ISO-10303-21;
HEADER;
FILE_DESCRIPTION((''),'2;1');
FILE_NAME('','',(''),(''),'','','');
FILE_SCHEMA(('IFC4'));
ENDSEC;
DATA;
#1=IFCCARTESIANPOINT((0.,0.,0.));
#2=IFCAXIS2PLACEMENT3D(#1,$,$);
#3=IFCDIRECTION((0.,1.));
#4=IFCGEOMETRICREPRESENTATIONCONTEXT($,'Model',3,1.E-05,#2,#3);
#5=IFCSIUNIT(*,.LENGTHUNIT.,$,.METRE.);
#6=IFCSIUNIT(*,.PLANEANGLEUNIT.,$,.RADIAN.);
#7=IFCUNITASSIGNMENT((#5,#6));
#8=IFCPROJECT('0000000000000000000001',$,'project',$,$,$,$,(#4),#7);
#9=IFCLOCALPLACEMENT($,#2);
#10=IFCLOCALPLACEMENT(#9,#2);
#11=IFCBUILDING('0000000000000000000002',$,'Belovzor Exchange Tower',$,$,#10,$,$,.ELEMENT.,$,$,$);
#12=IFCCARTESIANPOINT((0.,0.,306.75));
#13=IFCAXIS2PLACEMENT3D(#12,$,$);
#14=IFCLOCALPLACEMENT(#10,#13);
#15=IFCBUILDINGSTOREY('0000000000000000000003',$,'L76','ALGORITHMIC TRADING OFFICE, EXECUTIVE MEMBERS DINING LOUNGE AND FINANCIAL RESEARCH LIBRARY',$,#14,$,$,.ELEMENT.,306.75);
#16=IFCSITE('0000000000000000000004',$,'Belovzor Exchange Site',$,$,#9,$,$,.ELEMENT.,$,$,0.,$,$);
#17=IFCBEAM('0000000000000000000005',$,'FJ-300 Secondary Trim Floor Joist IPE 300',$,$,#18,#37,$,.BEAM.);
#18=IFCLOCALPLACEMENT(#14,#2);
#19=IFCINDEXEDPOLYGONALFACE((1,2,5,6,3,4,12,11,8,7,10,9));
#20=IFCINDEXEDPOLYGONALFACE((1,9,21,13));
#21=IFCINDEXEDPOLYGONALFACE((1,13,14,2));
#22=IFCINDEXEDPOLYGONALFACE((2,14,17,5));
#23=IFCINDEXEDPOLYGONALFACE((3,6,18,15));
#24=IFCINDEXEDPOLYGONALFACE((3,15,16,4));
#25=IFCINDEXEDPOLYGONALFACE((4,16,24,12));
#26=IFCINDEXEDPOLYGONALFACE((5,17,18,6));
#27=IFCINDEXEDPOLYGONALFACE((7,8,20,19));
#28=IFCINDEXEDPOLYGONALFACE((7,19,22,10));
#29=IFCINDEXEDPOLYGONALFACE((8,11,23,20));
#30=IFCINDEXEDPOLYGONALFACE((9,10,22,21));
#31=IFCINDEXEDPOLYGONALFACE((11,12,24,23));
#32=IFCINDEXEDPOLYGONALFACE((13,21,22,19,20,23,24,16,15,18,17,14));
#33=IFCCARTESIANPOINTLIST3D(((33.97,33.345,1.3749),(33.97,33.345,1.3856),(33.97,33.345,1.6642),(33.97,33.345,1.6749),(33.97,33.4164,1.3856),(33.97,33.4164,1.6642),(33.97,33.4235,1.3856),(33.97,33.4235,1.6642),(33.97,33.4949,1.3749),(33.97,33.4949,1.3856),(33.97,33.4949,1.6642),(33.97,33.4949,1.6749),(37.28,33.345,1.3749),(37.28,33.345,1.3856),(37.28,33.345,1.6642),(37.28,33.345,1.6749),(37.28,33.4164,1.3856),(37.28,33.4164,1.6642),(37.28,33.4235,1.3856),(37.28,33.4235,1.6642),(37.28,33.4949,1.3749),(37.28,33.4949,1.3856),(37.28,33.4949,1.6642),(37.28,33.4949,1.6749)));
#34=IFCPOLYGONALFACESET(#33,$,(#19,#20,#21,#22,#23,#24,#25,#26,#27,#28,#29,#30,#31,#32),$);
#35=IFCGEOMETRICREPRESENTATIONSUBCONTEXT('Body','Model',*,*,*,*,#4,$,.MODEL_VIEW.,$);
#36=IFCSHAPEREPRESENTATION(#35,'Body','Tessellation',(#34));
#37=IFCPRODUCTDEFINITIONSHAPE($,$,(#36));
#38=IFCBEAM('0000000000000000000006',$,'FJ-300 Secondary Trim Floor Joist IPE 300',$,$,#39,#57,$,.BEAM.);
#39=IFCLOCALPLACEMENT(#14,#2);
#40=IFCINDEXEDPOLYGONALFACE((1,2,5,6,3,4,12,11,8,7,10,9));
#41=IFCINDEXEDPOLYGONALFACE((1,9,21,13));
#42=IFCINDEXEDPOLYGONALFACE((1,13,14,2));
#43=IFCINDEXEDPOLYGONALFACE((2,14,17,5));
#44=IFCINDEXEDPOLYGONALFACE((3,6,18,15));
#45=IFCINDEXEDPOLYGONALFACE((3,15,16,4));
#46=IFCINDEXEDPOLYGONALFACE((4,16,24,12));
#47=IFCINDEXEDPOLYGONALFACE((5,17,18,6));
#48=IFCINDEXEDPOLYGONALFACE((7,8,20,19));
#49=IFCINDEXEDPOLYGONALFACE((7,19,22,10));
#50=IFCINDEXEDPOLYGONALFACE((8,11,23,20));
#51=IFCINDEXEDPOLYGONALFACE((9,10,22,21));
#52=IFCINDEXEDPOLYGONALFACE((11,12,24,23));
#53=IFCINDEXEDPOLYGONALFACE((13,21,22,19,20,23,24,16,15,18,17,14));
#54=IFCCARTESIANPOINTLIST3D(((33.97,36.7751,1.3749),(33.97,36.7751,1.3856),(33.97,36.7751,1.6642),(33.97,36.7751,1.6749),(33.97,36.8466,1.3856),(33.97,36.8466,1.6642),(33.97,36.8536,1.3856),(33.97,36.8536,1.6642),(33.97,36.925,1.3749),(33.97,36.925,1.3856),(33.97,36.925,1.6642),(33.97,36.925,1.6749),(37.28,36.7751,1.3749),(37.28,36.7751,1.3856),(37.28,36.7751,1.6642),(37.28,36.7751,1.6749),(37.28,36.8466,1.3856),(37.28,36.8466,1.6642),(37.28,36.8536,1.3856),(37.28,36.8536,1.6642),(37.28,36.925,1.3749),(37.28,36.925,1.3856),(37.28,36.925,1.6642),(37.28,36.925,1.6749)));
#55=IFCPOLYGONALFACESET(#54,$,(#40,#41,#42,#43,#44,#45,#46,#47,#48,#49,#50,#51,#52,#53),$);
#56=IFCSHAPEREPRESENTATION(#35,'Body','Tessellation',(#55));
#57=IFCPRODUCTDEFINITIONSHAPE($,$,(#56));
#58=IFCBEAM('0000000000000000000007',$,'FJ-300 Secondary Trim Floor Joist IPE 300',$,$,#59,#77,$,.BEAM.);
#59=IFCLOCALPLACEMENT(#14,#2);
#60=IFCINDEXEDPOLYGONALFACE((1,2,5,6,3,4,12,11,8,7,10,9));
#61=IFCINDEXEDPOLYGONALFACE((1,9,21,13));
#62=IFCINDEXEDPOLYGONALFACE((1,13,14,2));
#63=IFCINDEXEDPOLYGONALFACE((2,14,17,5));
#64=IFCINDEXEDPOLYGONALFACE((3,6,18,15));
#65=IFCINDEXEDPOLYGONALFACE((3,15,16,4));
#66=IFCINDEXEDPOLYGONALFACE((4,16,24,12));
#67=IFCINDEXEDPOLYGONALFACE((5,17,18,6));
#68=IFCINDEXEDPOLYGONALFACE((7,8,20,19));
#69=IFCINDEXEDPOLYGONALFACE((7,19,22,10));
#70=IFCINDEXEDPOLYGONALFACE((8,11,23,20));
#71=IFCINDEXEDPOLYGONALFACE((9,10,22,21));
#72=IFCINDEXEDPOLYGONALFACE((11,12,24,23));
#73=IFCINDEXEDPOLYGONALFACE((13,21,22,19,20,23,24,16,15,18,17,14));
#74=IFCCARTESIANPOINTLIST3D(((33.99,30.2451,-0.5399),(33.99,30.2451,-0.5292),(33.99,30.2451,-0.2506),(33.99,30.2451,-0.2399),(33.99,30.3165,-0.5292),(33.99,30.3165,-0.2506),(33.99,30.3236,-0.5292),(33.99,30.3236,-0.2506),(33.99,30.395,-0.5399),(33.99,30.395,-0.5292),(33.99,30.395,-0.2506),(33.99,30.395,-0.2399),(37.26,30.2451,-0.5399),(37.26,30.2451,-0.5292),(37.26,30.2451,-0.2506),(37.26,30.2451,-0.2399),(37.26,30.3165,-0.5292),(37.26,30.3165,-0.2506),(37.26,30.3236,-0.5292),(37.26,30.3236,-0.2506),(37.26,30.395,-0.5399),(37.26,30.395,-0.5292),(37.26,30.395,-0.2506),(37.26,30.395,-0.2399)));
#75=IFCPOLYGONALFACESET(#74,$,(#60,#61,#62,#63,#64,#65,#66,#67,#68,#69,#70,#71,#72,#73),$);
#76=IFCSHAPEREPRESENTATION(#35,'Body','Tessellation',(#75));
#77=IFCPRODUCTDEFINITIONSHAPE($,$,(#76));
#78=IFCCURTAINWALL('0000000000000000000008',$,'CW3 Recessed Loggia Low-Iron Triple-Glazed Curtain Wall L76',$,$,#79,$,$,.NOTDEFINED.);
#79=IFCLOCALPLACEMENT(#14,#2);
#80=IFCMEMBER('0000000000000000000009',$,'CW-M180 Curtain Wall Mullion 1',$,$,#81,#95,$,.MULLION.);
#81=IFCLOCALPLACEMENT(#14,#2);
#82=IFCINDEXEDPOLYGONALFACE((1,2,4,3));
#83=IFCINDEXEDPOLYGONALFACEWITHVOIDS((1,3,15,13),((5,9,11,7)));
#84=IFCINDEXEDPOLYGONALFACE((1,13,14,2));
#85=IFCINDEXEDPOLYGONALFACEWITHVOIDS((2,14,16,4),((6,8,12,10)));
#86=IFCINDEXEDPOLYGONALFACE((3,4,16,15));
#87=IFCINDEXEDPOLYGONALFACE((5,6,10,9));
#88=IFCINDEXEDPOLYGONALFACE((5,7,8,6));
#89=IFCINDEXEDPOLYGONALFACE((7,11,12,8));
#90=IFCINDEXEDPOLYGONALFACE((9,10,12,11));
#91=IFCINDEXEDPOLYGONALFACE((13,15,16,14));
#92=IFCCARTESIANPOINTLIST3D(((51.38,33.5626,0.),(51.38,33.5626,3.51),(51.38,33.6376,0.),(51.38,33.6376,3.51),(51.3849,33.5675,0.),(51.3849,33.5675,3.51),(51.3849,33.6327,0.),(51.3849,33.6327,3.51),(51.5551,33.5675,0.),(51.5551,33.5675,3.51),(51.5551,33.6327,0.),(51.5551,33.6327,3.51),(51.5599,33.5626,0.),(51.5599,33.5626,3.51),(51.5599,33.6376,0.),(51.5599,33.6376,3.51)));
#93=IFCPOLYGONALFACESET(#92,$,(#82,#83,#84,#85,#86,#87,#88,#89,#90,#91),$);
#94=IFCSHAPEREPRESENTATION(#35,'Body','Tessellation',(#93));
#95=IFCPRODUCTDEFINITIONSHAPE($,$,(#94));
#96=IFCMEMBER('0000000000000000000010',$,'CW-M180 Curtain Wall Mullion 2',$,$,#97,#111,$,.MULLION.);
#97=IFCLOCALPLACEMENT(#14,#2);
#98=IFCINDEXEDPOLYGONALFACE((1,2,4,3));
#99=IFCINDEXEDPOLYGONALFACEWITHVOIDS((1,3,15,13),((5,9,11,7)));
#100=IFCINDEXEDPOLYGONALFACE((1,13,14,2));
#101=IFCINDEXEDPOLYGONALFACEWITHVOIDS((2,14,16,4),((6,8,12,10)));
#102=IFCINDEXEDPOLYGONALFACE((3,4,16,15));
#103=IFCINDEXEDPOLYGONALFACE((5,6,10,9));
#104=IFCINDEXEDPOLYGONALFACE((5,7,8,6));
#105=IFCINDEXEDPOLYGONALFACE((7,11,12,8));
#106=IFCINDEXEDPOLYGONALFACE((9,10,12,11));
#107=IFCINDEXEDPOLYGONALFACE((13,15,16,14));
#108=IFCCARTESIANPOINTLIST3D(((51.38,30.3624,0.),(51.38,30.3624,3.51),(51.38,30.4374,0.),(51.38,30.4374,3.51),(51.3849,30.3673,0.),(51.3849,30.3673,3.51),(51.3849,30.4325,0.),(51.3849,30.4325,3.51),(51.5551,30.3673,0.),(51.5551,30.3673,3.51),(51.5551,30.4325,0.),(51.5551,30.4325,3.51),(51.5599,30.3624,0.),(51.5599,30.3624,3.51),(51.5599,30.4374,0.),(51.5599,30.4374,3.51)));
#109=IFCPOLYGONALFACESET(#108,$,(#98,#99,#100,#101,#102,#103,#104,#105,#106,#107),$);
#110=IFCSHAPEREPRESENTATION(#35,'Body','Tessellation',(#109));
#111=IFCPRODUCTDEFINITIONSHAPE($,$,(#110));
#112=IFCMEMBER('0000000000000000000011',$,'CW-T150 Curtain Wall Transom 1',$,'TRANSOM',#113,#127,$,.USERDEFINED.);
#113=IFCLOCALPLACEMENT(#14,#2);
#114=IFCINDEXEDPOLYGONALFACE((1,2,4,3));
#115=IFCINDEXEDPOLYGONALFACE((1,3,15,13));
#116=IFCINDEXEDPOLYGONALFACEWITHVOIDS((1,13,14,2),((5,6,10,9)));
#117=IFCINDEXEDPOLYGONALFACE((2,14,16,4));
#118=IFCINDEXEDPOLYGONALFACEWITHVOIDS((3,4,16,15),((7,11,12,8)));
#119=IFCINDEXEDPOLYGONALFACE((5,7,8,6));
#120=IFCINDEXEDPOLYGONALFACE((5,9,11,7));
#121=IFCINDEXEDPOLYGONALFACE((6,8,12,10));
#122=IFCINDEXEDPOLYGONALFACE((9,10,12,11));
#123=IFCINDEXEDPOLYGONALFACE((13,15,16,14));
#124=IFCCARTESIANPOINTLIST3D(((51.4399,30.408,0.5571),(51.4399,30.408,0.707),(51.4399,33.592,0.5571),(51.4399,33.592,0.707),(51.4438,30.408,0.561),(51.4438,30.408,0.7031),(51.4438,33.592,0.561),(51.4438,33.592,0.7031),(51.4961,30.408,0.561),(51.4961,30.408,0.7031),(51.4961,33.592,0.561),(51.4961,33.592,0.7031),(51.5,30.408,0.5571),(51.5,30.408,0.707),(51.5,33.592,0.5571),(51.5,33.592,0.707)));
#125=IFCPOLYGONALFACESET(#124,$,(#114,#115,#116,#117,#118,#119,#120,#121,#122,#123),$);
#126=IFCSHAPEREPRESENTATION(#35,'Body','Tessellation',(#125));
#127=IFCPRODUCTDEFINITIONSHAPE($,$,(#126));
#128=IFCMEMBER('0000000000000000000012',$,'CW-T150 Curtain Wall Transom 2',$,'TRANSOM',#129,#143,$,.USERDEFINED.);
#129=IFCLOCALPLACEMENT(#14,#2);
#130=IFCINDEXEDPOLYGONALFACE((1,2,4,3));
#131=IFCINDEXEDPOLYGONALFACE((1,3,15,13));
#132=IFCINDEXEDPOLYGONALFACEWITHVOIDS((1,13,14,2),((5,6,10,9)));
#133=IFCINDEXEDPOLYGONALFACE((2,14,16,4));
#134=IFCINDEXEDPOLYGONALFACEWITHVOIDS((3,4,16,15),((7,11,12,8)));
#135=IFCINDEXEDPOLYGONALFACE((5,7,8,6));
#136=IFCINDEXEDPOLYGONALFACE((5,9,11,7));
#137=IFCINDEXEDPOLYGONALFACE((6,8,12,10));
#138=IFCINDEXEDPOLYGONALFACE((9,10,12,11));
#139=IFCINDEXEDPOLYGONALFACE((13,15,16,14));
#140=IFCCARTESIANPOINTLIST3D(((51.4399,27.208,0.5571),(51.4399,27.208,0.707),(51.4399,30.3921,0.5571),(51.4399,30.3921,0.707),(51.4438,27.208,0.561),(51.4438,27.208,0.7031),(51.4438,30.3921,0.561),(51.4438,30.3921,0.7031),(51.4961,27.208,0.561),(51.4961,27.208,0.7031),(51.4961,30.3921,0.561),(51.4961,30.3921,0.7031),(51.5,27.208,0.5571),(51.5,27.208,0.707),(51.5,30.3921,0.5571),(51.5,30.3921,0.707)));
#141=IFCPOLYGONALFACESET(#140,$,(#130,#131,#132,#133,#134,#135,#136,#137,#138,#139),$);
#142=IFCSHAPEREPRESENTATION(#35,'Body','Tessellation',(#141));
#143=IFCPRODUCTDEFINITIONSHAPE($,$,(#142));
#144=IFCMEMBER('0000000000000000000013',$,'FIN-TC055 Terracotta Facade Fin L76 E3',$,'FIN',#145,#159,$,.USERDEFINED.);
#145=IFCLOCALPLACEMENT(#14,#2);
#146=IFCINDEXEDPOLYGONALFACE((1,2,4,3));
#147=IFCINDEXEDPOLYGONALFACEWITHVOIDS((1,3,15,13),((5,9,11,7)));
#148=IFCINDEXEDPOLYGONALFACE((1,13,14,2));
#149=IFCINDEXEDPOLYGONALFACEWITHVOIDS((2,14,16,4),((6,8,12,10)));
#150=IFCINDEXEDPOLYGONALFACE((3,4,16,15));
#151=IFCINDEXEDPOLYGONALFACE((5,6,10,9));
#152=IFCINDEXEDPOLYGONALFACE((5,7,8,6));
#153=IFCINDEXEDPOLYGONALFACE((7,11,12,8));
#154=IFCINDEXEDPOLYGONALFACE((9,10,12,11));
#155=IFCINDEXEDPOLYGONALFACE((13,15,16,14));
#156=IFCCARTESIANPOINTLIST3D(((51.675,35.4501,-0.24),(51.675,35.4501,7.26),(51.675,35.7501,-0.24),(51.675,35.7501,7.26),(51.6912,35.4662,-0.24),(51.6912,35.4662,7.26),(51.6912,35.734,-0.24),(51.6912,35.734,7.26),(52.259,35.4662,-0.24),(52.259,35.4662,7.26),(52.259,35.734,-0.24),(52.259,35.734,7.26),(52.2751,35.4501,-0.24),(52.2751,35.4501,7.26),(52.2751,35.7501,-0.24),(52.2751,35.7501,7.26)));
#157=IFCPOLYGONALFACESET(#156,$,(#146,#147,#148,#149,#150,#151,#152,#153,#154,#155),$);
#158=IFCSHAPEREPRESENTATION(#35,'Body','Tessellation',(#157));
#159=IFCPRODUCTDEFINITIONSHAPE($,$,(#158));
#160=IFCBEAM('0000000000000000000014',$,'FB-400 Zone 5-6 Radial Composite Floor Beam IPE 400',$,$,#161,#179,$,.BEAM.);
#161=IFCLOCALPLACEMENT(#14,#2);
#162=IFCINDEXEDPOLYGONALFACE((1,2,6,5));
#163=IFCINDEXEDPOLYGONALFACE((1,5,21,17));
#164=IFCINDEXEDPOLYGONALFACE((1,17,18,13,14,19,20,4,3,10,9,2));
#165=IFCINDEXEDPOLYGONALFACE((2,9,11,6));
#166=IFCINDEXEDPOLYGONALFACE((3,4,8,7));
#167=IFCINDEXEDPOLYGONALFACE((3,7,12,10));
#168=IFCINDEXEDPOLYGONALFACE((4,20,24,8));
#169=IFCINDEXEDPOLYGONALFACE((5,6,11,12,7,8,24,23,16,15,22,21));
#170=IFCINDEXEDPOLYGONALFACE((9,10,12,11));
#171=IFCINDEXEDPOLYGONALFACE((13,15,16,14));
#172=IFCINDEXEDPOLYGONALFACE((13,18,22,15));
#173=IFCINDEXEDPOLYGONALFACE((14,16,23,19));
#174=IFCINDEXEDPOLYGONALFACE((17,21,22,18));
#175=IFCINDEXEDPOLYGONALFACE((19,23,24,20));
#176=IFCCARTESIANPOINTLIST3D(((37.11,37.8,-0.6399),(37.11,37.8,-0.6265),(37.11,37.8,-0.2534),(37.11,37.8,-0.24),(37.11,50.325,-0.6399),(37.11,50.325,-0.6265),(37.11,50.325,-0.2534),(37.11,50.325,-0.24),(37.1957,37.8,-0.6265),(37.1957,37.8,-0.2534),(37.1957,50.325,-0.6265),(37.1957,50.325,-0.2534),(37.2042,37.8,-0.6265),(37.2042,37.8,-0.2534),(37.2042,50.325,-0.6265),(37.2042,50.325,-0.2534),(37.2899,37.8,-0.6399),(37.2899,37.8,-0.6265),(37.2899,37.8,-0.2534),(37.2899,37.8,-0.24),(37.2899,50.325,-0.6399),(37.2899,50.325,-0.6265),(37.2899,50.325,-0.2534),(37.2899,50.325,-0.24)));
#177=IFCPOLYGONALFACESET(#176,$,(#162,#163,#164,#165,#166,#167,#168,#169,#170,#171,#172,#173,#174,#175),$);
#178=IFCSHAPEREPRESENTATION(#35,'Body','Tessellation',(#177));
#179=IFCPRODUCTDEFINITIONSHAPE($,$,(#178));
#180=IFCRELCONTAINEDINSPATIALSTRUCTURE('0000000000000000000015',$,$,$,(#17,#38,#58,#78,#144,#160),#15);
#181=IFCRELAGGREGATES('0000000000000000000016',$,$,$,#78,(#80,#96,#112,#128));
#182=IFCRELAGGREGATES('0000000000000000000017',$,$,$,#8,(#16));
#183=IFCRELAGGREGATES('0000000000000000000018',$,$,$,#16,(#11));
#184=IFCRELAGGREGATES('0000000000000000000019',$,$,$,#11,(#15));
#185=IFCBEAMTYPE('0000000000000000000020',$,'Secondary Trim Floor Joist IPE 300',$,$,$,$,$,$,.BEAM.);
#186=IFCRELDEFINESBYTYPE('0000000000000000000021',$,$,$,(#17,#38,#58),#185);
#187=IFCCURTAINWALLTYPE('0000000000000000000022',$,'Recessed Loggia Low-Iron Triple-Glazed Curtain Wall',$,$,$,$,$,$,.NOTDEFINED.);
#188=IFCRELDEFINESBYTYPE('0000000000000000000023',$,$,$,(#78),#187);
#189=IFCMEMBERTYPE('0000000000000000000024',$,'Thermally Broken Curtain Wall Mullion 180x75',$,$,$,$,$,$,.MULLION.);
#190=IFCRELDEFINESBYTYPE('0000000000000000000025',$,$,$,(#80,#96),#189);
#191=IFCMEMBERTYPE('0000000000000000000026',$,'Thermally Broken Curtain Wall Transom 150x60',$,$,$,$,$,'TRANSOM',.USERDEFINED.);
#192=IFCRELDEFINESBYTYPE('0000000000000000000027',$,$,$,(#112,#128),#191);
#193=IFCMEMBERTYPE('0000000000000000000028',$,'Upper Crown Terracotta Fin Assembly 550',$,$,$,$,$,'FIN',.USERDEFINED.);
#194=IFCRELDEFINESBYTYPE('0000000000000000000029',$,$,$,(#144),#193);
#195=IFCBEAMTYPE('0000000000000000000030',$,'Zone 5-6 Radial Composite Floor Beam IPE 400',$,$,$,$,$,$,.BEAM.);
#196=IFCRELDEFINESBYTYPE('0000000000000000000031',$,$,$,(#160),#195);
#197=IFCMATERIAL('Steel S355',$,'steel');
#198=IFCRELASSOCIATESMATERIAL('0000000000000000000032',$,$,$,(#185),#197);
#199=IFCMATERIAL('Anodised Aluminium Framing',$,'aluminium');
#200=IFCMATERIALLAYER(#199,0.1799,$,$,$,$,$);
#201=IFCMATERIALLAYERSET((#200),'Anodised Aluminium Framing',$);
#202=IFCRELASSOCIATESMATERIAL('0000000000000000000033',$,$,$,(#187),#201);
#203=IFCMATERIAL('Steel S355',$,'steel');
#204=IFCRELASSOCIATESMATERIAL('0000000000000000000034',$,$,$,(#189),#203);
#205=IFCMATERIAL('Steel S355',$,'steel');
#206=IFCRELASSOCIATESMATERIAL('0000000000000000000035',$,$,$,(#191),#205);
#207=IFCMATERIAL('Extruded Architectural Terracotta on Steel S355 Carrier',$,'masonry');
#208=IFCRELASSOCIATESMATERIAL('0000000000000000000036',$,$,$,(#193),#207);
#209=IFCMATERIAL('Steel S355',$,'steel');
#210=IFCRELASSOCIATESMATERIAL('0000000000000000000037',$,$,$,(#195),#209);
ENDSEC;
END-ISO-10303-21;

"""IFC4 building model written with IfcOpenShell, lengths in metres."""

from ifc_helpers import new_model, si_unit, direction, frame, origin, origin_2d, place, context, subcontext, project, spatial, hollow_rectangle, i_section, extrude, material, layer, layer_set, material_profile, profile_set, type_object, element, aggregate, save


model = new_model("IFC4")

# Units and contexts
model_context = context("Model", 3, precision=1e-05, world=origin(), true_north=direction((0.0, 1.0)))
body_context = subcontext(model_context, "Body", "Model", "MODEL_VIEW")
ifc_project = project(units=[si_unit("LENGTHUNIT", "METRE"), si_unit("PLANEANGLEUNIT", "RADIAN")], contexts=[model_context])

# Site, building, storey
site_placement = place(None, origin())
site = spatial("IfcSite", under=ifc_project, at=site_placement, Name="Belovzor Exchange Site", CompositionType="ELEMENT", RefElevation=0.0)
building_placement = place(site_placement, origin())
building = spatial("IfcBuilding", under=site, at=building_placement, Name="Belovzor Exchange Tower", CompositionType="ELEMENT")
storey_placement = place(building_placement, frame((0.0, 0.0, 306.75)))
storey = spatial("IfcBuildingStorey", under=building, at=storey_placement, Name="L76", Description="ALGORITHMIC TRADING OFFICE, EXECUTIVE MEMBERS DINING LOUNGE AND FINANCIAL RESEARCH LIBRARY", CompositionType="ELEMENT", Elevation=306.75)

# Beams
ifc_material_1 = material(Name="Steel S355", Category="steel")
ifc_material_profile_1 = material_profile(ifc_material_1, i_section(OverallWidth=0.1499, OverallDepth=0.3, WebThickness=0.0071, FlangeThickness=0.0107, at=origin_2d()))
ifc_profile_set_1 = profile_set([ifc_material_profile_1], Name="Steel S355")
beam_type_1 = type_object("IfcBeamType", Name="Secondary Trim Floor Joist IPE 300", PredefinedType="BEAM", material=ifc_profile_set_1)
for number, where, z_axis, x_axis, name in (
    (1, (37.28, 33.4199, 1.5249), (-1.0, 0.0, 0.0), (0.0, -1.0, 0.0), "FJ-300 Secondary Trim Floor Joist IPE 300"),
    (2, (37.28, 36.8501, 1.5249), (-1.0, 0.0, 0.0), (0.0, -1.0, 0.0), "FJ-300 Secondary Trim Floor Joist IPE 300"),
):
    element("IfcBeam", number, at=place(storey_placement, frame(where, z_axis=z_axis, x_axis=x_axis)), inside=storey, type_object=beam_type_1, Name=name, PredefinedType="BEAM", context=body_context, shape_type="SweptSolid", body=[
        extrude(i_section(OverallWidth=0.1499, OverallDepth=0.3, WebThickness=0.0071, FlangeThickness=0.0107, at=origin_2d()), origin(), (0.0, 0.0, 1.0), 3.3101),
    ])
beam_1_placement = place(storey_placement, frame((37.26, 30.3201, -0.3899), z_axis=(-1.0, 0.0, 0.0), x_axis=(0.0, -1.0, 0.0)))
element("IfcBeam", 3, at=beam_1_placement, inside=storey, type_object=beam_type_1, Name="FJ-300 Secondary Trim Floor Joist IPE 300", PredefinedType="BEAM", context=body_context, shape_type="SweptSolid", body=[
    extrude(i_section(OverallWidth=0.1499, OverallDepth=0.3, WebThickness=0.0071, FlangeThickness=0.0107, at=origin_2d()), origin(), (0.0, 0.0, 1.0), 3.27),
])

# Curtain wall, members
ifc_material_2 = material(Name="Anodised Aluminium Framing", Category="aluminium")
ifc_layer_1 = layer(ifc_material_2, 0.1799)
ifc_layer_set_1 = layer_set([ifc_layer_1], Name="Anodised Aluminium Framing")
curtain_wall_type = type_object("IfcCurtainWallType", Name="Recessed Loggia Low-Iron Triple-Glazed Curtain Wall", PredefinedType="NOTDEFINED", material=ifc_layer_set_1)
curtain_wall_placement = place(storey_placement, origin())
curtain_wall = element("IfcCurtainWall", 4, at=curtain_wall_placement, inside=storey, type_object=curtain_wall_type, Name="CW3 Recessed Loggia Low-Iron Triple-Glazed Curtain Wall L76", PredefinedType="NOTDEFINED")
ifc_material_3 = material(Name="Steel S355", Category="steel")
ifc_material_profile_2 = material_profile(ifc_material_3, hollow_rectangle(XDim=0.075, YDim=0.1799, WallThickness=0.0049, at=origin_2d()))
ifc_profile_set_2 = profile_set([ifc_material_profile_2], Name="Steel S355")
member_type_1 = type_object("IfcMemberType", Name="Thermally Broken Curtain Wall Mullion 180x75", PredefinedType="MULLION", material=ifc_profile_set_2)
member_1_placement = place(storey_placement, frame((51.47, 33.6001, 0.0), z_axis=(0.0, 0.0, 1.0), x_axis=(0.0, -1.0, 0.0)))
member_1 = element("IfcMember", 5, at=member_1_placement, type_object=member_type_1, Name="CW-M180 Curtain Wall Mullion 1", PredefinedType="MULLION", context=body_context, shape_type="SweptSolid", body=[
    extrude(hollow_rectangle(XDim=0.075, YDim=0.1799, WallThickness=0.0049, at=origin_2d()), origin(), (0.0, 0.0, 1.0), 3.51),
])
member_2_placement = place(storey_placement, frame((51.47, 30.3999, 0.0), z_axis=(0.0, 0.0, 1.0), x_axis=(0.0, -1.0, 0.0)))
member_2 = element("IfcMember", 6, at=member_2_placement, type_object=member_type_1, Name="CW-M180 Curtain Wall Mullion 2", PredefinedType="MULLION", context=body_context, shape_type="SweptSolid", body=[
    extrude(hollow_rectangle(XDim=0.075, YDim=0.1799, WallThickness=0.0049, at=origin_2d()), origin(), (0.0, 0.0, 1.0), 3.51),
])
ifc_material_4 = material(Name="Steel S355", Category="steel")
ifc_material_profile_3 = material_profile(ifc_material_4, hollow_rectangle(XDim=0.0601, YDim=0.1499, WallThickness=0.0039, at=origin_2d()))
ifc_profile_set_3 = profile_set([ifc_material_profile_3], Name="Steel S355")
member_type_2 = type_object("IfcMemberType", Name="Thermally Broken Curtain Wall Transom 150x60", ElementType="TRANSOM", PredefinedType="USERDEFINED", material=ifc_profile_set_3)
member_3_placement = place(storey_placement, frame((51.47, 33.592, 0.6321), z_axis=(0.0, -1.0, 0.0), x_axis=(1.0, 0.0, 0.0)))
member_3 = element("IfcMember", 7, at=member_3_placement, type_object=member_type_2, Name="CW-T150 Curtain Wall Transom 1", ObjectType="TRANSOM", PredefinedType="USERDEFINED", context=body_context, shape_type="SweptSolid", body=[
    extrude(hollow_rectangle(XDim=0.0601, YDim=0.1499, WallThickness=0.0039, at=origin_2d()), origin(), (0.0, 0.0, 1.0), 3.1841),
])
member_4_placement = place(storey_placement, frame((51.47, 30.3921, 0.6321), z_axis=(0.0, -1.0, 0.0), x_axis=(1.0, 0.0, 0.0)))
member_4 = element("IfcMember", 8, at=member_4_placement, type_object=member_type_2, Name="CW-T150 Curtain Wall Transom 2", ObjectType="TRANSOM", PredefinedType="USERDEFINED", context=body_context, shape_type="SweptSolid", body=[
    extrude(hollow_rectangle(XDim=0.0601, YDim=0.1499, WallThickness=0.0039, at=origin_2d()), origin(), (0.0, 0.0, 1.0), 3.1841),
])

# Member
ifc_material_5 = material(Name="Extruded Architectural Terracotta on Steel S355 Carrier", Category="masonry")
ifc_material_profile_4 = material_profile(ifc_material_5, hollow_rectangle(XDim=0.3, YDim=0.6001, WallThickness=0.0161, at=origin_2d()))
ifc_profile_set_4 = profile_set([ifc_material_profile_4], Name="Extruded Architectural Terracotta on Steel S355 Carrier")
member_type_3 = type_object("IfcMemberType", Name="Upper Crown Terracotta Fin Assembly 550", ElementType="FIN", PredefinedType="USERDEFINED", material=ifc_profile_set_4)
member_5_placement = place(storey_placement, frame((51.9751, 35.6001, -0.24), z_axis=(0.0, 0.0, 1.0), x_axis=(0.0, 1.0, 0.0)))
element("IfcMember", 9, at=member_5_placement, inside=storey, type_object=member_type_3, Name="FIN-TC055 Terracotta Facade Fin L76 E3", ObjectType="FIN", PredefinedType="USERDEFINED", context=body_context, shape_type="SweptSolid", body=[
    extrude(hollow_rectangle(XDim=0.3, YDim=0.6001, WallThickness=0.0161, at=origin_2d()), origin(), (0.0, 0.0, 1.0), 7.5),
])

# Beam
ifc_material_6 = material(Name="Steel S355", Category="steel")
ifc_material_profile_5 = material_profile(ifc_material_6, i_section(OverallWidth=0.1799, OverallDepth=0.3999, WebThickness=0.0085, FlangeThickness=0.0134, at=origin_2d()))
ifc_profile_set_5 = profile_set([ifc_material_profile_5], Name="Steel S355")
beam_type_2 = type_object("IfcBeamType", Name="Zone 5-6 Radial Composite Floor Beam IPE 400", PredefinedType="BEAM", material=ifc_profile_set_5)
for number, where, z_axis, x_axis, name in (
    (10, (37.2, 37.8, -0.4399), (0.0, 1.0, 0.0), (-1.0, 0.0, 0.0), "FB-400 Zone 5-6 Radial Composite Floor Beam IPE 400"),
):
    element("IfcBeam", number, at=place(storey_placement, frame(where, z_axis=z_axis, x_axis=x_axis)), inside=storey, type_object=beam_type_2, Name=name, PredefinedType="BEAM", context=body_context, shape_type="SweptSolid", body=[
        extrude(i_section(OverallWidth=0.1799, OverallDepth=0.3999, WebThickness=0.0085, FlangeThickness=0.0134, at=origin_2d()), origin(), (0.0, 0.0, 1.0), 12.5249),
    ])

aggregate(curtain_wall, [member_1, member_2, member_3, member_4])

save(model, "model.ifc")
